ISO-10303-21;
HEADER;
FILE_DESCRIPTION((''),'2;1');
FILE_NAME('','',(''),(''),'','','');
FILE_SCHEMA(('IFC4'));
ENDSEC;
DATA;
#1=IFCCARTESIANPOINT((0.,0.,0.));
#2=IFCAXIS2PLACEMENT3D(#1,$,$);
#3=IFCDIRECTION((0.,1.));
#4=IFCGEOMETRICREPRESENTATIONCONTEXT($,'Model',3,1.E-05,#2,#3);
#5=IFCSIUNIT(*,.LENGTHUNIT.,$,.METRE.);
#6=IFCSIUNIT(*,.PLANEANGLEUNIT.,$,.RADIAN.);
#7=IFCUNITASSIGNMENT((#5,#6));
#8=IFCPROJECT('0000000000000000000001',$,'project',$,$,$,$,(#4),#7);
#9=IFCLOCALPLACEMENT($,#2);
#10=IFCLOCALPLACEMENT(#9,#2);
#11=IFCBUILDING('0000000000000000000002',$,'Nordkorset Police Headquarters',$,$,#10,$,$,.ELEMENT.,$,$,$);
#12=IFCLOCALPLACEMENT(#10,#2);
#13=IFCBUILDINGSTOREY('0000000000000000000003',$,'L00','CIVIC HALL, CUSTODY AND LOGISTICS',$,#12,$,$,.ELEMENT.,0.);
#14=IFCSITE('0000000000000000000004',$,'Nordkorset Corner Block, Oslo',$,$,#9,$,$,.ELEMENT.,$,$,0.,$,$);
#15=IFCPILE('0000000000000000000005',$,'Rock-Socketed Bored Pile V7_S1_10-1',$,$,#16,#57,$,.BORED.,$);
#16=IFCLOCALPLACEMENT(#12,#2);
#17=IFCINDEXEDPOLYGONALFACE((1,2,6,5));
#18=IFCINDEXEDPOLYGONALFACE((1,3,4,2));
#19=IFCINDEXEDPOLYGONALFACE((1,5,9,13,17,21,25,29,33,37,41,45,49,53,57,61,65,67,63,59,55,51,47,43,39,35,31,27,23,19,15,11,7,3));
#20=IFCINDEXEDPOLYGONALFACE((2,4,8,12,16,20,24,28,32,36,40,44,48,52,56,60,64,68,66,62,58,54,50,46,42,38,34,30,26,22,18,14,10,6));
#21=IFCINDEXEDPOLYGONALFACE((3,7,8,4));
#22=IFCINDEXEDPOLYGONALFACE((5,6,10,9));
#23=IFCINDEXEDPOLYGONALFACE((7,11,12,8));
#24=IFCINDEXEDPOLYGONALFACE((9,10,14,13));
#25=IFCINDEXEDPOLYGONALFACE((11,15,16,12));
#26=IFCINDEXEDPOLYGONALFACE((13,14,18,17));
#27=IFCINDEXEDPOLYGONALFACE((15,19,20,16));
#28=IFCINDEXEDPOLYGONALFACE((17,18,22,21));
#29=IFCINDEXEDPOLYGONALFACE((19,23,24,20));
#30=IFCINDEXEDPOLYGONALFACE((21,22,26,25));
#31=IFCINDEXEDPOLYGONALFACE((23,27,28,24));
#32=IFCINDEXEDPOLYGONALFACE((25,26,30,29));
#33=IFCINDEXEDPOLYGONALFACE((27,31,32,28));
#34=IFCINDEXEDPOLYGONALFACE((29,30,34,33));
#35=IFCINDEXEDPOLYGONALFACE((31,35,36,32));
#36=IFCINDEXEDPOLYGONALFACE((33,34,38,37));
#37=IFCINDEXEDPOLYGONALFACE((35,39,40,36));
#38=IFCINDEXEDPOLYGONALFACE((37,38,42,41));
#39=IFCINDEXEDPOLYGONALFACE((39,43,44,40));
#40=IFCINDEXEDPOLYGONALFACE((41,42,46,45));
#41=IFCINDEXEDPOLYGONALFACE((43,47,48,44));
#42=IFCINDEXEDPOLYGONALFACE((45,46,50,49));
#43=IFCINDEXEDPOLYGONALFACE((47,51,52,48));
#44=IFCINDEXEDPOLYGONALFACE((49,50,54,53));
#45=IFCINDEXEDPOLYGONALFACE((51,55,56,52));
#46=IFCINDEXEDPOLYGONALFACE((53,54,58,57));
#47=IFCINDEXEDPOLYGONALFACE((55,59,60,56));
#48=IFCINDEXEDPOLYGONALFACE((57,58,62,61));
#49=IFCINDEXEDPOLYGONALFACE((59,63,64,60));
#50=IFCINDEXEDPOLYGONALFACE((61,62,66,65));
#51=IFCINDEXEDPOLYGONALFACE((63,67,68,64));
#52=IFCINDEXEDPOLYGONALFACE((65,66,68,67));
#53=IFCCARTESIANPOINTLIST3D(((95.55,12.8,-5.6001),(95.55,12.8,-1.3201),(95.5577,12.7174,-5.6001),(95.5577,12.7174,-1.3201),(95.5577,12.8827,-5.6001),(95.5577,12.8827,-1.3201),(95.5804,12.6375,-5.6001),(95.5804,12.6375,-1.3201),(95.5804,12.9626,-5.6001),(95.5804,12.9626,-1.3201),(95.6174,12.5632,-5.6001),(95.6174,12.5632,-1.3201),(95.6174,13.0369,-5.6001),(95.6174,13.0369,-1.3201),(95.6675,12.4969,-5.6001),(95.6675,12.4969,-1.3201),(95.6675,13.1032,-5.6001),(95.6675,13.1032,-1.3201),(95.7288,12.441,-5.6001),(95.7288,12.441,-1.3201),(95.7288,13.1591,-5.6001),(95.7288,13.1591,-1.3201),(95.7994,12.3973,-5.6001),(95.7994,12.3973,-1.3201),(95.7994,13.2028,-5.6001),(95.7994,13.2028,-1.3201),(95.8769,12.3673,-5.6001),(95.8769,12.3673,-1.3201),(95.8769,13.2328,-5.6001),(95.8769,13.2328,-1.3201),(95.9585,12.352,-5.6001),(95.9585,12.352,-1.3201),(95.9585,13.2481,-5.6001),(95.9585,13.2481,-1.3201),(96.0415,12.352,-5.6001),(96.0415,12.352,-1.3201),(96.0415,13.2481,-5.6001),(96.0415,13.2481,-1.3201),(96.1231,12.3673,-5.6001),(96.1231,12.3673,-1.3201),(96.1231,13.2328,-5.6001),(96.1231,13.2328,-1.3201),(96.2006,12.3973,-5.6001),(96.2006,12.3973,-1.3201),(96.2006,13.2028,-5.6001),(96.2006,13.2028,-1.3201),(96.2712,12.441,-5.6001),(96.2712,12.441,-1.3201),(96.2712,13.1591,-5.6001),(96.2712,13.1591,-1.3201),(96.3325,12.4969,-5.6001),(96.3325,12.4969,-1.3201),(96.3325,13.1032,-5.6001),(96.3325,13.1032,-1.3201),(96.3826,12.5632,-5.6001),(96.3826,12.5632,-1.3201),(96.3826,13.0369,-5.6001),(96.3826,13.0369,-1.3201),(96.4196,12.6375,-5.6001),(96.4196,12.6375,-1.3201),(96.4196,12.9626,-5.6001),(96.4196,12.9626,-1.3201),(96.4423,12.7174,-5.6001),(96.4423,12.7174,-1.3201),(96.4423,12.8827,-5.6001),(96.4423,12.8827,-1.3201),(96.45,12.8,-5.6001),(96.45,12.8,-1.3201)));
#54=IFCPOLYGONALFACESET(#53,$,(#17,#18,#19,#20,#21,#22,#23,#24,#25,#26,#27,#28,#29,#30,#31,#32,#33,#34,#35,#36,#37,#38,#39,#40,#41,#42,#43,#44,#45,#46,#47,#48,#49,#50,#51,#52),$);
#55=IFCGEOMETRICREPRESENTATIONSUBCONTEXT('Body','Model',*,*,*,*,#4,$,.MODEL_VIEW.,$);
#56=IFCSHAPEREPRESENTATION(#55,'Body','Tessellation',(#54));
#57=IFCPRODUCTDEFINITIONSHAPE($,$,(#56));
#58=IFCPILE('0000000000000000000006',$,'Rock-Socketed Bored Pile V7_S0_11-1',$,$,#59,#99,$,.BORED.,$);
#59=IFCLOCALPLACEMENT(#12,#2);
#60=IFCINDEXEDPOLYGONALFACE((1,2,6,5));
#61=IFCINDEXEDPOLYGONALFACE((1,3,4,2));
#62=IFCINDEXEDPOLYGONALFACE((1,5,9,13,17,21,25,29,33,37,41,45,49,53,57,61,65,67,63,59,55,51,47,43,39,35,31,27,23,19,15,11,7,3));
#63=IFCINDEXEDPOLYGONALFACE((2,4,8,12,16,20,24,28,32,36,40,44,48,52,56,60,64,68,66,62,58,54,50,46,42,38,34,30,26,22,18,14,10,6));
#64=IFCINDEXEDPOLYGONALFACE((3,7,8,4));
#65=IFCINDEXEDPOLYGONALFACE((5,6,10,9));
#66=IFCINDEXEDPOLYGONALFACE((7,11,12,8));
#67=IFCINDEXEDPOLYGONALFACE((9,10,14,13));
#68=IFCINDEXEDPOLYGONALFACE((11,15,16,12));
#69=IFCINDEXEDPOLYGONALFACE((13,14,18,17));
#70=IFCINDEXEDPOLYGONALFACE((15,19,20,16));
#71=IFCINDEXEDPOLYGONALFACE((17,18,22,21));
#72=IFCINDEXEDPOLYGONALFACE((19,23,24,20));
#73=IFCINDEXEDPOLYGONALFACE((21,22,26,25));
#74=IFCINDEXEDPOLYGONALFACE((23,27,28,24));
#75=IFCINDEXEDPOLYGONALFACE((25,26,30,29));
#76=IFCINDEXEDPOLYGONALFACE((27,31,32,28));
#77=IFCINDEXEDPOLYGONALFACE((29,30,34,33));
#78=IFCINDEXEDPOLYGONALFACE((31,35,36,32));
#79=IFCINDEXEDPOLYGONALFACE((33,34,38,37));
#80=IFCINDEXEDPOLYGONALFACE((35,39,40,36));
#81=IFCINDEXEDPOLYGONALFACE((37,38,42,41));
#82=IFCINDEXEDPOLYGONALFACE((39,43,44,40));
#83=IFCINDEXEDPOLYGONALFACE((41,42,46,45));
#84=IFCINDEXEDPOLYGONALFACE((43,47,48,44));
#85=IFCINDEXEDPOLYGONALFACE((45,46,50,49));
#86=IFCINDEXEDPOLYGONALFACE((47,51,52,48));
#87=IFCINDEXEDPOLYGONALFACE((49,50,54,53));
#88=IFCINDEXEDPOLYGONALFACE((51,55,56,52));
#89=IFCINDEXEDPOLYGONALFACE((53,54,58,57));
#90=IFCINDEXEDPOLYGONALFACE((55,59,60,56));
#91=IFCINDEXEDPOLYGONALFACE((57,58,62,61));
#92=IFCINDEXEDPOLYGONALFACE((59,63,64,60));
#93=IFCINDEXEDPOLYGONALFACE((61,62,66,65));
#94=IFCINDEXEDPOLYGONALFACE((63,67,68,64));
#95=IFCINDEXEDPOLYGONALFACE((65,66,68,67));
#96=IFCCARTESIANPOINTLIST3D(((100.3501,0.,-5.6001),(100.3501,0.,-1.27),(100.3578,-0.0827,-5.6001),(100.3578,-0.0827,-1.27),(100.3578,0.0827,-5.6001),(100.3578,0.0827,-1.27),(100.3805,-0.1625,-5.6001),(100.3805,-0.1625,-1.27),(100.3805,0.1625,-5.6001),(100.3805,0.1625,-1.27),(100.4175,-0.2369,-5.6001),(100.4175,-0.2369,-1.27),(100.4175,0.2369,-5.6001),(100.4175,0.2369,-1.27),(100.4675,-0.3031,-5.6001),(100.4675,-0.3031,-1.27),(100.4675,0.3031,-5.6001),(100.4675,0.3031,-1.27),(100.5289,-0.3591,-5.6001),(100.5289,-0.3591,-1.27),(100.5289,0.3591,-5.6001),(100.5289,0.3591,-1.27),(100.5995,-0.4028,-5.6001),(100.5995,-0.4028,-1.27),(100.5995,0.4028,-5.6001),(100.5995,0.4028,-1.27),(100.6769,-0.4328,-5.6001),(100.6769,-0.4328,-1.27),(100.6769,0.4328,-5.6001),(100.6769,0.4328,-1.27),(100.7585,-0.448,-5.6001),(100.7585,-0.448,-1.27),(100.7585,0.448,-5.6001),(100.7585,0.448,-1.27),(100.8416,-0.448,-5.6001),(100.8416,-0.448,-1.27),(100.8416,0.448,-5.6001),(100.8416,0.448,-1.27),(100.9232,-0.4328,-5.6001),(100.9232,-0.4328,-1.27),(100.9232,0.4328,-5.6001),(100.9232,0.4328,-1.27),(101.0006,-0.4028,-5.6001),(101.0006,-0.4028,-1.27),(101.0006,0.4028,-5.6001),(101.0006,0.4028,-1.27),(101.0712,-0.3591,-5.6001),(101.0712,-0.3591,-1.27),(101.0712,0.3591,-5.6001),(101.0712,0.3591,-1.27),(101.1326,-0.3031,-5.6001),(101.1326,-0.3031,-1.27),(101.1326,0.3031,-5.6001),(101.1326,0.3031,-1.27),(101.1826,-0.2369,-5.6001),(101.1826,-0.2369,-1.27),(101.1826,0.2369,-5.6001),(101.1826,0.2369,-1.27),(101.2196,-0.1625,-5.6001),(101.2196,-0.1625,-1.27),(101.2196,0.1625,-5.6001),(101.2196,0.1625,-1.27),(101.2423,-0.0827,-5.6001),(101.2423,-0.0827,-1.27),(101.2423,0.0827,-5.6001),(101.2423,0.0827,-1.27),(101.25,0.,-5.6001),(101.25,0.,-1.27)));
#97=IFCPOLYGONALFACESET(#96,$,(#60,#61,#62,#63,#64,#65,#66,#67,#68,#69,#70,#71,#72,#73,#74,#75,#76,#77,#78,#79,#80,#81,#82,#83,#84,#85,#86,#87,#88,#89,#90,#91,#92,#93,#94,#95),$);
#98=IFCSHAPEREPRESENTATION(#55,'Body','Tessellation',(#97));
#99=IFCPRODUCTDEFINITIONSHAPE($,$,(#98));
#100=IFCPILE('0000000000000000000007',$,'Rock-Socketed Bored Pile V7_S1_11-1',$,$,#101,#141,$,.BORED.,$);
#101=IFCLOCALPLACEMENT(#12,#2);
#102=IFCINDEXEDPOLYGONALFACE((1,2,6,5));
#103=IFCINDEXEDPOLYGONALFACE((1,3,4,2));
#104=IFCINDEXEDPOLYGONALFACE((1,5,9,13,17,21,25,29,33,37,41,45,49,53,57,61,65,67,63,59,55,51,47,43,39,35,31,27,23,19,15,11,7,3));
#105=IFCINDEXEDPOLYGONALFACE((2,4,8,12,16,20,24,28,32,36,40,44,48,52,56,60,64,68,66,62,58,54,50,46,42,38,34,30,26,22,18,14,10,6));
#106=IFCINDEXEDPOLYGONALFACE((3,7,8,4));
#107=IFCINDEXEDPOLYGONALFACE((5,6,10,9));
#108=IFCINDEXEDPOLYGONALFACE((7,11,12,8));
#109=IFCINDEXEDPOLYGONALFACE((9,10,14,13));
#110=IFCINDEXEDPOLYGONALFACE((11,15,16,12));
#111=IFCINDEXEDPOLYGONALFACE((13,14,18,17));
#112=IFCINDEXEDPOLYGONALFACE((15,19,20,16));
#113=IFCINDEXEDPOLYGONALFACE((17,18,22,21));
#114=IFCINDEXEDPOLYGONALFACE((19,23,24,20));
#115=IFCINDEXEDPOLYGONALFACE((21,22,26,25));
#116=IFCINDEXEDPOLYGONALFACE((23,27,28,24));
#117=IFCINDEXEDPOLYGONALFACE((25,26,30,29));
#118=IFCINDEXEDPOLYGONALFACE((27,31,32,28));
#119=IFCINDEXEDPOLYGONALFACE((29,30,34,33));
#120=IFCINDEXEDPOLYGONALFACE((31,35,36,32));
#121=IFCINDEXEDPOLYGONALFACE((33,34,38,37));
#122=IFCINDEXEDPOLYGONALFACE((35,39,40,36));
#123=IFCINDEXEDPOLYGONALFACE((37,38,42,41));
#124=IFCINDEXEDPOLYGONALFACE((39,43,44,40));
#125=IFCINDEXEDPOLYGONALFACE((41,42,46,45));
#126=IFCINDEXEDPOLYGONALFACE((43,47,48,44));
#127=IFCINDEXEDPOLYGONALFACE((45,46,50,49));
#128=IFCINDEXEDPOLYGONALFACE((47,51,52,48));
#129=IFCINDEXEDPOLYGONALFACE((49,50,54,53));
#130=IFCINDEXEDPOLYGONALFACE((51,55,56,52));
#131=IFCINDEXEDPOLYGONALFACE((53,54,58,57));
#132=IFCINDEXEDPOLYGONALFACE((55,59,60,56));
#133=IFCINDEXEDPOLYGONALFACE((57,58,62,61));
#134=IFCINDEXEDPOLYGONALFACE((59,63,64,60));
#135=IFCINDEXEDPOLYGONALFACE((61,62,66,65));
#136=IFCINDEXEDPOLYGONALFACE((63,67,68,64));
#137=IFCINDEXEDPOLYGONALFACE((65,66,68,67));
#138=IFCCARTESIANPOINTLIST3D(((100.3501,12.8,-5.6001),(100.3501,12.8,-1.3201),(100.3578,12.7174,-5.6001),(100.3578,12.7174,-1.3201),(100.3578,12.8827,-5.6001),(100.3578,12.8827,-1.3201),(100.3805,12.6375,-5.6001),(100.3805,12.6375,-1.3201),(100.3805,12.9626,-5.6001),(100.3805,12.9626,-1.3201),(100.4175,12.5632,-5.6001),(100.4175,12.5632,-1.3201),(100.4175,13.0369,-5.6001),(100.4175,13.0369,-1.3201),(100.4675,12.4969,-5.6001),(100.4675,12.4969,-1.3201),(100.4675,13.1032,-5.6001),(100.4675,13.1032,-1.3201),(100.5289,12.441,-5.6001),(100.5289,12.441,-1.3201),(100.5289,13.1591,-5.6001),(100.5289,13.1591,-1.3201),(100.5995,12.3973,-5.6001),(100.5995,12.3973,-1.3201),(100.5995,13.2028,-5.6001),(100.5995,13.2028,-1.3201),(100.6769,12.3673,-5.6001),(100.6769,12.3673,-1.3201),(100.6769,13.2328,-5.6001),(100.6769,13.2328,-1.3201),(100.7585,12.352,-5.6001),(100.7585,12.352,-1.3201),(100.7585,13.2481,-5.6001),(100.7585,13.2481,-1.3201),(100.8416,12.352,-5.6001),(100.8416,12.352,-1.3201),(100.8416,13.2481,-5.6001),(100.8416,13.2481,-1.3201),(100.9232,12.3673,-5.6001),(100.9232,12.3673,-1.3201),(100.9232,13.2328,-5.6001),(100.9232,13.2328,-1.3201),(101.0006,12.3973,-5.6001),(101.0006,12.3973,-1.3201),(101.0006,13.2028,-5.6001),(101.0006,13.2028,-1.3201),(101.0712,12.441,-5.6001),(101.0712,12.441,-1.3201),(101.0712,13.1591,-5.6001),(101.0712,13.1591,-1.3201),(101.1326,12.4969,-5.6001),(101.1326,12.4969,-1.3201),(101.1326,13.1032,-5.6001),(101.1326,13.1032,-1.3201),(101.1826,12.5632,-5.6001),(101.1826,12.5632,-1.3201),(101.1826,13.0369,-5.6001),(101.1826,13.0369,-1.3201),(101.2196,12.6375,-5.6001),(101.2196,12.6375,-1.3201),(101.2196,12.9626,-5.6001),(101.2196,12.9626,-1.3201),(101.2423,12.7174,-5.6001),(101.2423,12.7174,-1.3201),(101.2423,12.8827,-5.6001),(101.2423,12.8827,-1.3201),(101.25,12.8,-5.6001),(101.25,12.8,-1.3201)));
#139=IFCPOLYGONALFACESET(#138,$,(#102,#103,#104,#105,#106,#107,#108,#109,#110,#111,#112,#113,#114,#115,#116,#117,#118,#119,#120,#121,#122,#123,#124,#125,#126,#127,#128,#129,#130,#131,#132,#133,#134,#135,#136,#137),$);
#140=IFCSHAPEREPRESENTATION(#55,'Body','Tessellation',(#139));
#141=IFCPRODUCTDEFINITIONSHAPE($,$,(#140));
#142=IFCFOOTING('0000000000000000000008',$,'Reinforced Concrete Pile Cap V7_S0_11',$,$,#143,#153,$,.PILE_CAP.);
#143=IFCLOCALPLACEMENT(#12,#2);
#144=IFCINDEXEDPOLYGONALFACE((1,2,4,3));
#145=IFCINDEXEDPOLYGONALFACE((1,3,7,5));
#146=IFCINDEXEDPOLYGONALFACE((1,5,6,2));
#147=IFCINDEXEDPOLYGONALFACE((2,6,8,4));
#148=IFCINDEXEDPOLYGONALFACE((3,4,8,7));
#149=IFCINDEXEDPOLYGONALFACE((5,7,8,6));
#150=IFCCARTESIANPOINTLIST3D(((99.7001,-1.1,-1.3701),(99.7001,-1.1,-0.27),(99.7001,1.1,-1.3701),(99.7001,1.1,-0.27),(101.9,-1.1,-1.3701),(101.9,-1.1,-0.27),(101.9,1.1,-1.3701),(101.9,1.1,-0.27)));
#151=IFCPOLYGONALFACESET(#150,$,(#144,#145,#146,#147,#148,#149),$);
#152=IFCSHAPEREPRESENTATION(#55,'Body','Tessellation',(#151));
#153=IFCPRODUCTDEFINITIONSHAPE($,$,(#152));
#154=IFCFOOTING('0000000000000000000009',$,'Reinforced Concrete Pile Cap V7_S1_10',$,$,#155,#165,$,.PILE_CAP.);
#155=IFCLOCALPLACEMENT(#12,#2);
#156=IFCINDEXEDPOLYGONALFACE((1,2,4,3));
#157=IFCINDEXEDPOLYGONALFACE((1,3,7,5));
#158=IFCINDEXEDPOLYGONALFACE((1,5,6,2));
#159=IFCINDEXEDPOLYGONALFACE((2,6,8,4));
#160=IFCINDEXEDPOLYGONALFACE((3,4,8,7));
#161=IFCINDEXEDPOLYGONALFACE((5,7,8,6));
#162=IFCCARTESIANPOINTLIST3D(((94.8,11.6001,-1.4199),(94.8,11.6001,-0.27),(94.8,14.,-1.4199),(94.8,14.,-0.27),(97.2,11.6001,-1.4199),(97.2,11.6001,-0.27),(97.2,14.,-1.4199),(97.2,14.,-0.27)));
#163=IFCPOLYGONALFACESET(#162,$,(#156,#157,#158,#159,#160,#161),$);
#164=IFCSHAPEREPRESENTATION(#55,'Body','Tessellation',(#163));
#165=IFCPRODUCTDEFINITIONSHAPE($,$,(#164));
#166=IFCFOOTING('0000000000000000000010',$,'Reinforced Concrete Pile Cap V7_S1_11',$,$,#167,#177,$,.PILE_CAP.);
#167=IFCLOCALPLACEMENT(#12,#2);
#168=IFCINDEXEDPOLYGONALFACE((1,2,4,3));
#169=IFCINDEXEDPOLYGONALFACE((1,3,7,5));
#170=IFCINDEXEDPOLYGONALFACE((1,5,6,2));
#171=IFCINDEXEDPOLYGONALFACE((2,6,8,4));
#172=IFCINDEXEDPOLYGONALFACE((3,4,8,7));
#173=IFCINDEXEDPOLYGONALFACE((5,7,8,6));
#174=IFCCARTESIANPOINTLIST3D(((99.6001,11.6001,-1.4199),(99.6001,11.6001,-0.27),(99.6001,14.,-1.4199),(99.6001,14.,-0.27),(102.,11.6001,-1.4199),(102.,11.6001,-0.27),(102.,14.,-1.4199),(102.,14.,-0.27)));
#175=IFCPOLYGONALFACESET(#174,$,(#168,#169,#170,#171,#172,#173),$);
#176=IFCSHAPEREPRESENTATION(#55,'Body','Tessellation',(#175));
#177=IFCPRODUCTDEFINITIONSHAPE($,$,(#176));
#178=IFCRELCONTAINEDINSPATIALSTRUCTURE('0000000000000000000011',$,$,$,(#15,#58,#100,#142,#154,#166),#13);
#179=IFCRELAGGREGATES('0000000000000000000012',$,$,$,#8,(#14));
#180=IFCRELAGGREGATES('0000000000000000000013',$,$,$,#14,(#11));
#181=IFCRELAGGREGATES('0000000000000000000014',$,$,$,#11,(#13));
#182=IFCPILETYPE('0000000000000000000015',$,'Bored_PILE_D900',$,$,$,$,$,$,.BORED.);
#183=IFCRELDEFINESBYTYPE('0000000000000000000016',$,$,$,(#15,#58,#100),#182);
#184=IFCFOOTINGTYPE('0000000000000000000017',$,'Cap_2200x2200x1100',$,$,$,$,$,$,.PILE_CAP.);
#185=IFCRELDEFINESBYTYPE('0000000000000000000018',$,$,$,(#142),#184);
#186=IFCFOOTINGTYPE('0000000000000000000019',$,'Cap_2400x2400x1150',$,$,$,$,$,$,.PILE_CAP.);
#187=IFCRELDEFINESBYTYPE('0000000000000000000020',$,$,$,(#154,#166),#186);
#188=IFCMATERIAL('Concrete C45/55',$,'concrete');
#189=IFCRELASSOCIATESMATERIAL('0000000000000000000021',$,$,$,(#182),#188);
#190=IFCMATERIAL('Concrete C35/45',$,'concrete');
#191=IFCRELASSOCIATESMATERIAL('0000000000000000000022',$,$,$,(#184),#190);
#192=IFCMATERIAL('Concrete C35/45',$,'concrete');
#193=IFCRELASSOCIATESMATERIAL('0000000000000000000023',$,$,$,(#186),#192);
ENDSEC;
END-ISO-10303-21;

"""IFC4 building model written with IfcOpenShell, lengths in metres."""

from ifc_helpers import new_model, si_unit, direction, frame, origin, origin_2d, place, context, subcontext, project, spatial, rectangle, circle, extrude, material, material_profile, profile_set, type_object, element, save


model = new_model("IFC4")

# Units and contexts
model_context = context("Model", 3, precision=1e-05, world=origin(), true_north=direction((0.0, 1.0)))
body_context = subcontext(model_context, "Body", "Model", "MODEL_VIEW")
ifc_project = project(units=[si_unit("LENGTHUNIT", "METRE"), si_unit("PLANEANGLEUNIT", "RADIAN")], contexts=[model_context])

# Site, building, storey
site_placement = place(None, origin())
site = spatial("IfcSite", under=ifc_project, at=site_placement, Name="Nordkorset Corner Block, Oslo", CompositionType="ELEMENT", RefElevation=0.0)
building_placement = place(site_placement, origin())
building = spatial("IfcBuilding", under=site, at=building_placement, Name="Nordkorset Police Headquarters", CompositionType="ELEMENT")
storey_placement = place(building_placement, origin())
storey = spatial("IfcBuildingStorey", under=building, at=storey_placement, Name="L00", Description="CIVIC HALL, CUSTODY AND LOGISTICS", CompositionType="ELEMENT", Elevation=0.0)

# Piles
ifc_material_1 = material(Name="Concrete C45/55", Category="concrete")
ifc_material_profile_1 = material_profile(ifc_material_1, circle(Radius=0.45, at=origin_2d()), Name="PILE D900")
ifc_profile_set_1 = profile_set([ifc_material_profile_1], Name="Concrete C45/55")
pile_type = type_object("IfcPileType", Name="Bored_PILE_D900", PredefinedType="BORED", material=ifc_profile_set_1)
pile_1_placement = place(storey_placement, frame((96.0, 12.8, -1.3201), z_axis=(0.0, 0.0, -1.0), x_axis=(1.0, 0.0, 0.0)))
element("IfcPile", 1, at=pile_1_placement, inside=storey, type_object=pile_type, Name="Rock-Socketed Bored Pile V7_S1_10-1", PredefinedType="BORED", context=body_context, shape_type="SweptSolid", body=[
    extrude(circle(Radius=0.45, at=origin_2d()), origin(), (0.0, 0.0, 1.0), 4.28),
])
pile_2_placement = place(storey_placement, frame((100.8, 0.0, -1.27), z_axis=(0.0, 0.0, -1.0), x_axis=(1.0, 0.0, 0.0)))
element("IfcPile", 2, at=pile_2_placement, inside=storey, type_object=pile_type, Name="Rock-Socketed Bored Pile V7_S0_11-1", PredefinedType="BORED", context=body_context, shape_type="SweptSolid", body=[
    extrude(circle(Radius=0.45, at=origin_2d()), origin(), (0.0, 0.0, 1.0), 4.3301),
])
pile_3_placement = place(storey_placement, frame((100.8, 12.8, -1.3201), z_axis=(0.0, 0.0, -1.0), x_axis=(1.0, 0.0, 0.0)))
element("IfcPile", 3, at=pile_3_placement, inside=storey, type_object=pile_type, Name="Rock-Socketed Bored Pile V7_S1_11-1", PredefinedType="BORED", context=body_context, shape_type="SweptSolid", body=[
    extrude(circle(Radius=0.45, at=origin_2d()), origin(), (0.0, 0.0, 1.0), 4.28),
])

# Footings
ifc_material_2 = material(Name="Concrete C35/45", Category="concrete")
footing_type_1 = type_object("IfcFootingType", Name="Cap_2200x2200x1100", PredefinedType="PILE_CAP", material=ifc_material_2)
footing_placement = place(storey_placement, frame((100.8, 0.0, -1.3701), z_axis=(0.0, 0.0, 1.0), x_axis=(1.0, 0.0, 0.0)))
element("IfcFooting", 4, at=footing_placement, inside=storey, type_object=footing_type_1, Name="Reinforced Concrete Pile Cap V7_S0_11", PredefinedType="PILE_CAP", context=body_context, shape_type="SweptSolid", body=[
    extrude(rectangle(XDim=2.2, YDim=2.2, at=origin_2d()), origin(), (0.0, 0.0, 1.0), 1.1001),
])
ifc_material_3 = material(Name="Concrete C35/45", Category="concrete")
footing_type_2 = type_object("IfcFootingType", Name="Cap_2400x2400x1150", PredefinedType="PILE_CAP", material=ifc_material_3)
for number, where, z_axis, x_axis, name in (
    (5, (96.0, 12.8, -1.4199), (0.0, 0.0, 1.0), (1.0, 0.0, 0.0), "Reinforced Concrete Pile Cap V7_S1_10"),
    (6, (100.8, 12.8, -1.4199), (0.0, 0.0, 1.0), (1.0, 0.0, 0.0), "Reinforced Concrete Pile Cap V7_S1_11"),
):
    element("IfcFooting", number, at=place(storey_placement, frame(where, z_axis=z_axis, x_axis=x_axis)), inside=storey, type_object=footing_type_2, Name=name, PredefinedType="PILE_CAP", context=body_context, shape_type="SweptSolid", body=[
        extrude(rectangle(XDim=2.3999, YDim=2.3999, at=origin_2d()), origin(), (0.0, 0.0, 1.0), 1.1499),
    ])

save(model, "model.ifc")
